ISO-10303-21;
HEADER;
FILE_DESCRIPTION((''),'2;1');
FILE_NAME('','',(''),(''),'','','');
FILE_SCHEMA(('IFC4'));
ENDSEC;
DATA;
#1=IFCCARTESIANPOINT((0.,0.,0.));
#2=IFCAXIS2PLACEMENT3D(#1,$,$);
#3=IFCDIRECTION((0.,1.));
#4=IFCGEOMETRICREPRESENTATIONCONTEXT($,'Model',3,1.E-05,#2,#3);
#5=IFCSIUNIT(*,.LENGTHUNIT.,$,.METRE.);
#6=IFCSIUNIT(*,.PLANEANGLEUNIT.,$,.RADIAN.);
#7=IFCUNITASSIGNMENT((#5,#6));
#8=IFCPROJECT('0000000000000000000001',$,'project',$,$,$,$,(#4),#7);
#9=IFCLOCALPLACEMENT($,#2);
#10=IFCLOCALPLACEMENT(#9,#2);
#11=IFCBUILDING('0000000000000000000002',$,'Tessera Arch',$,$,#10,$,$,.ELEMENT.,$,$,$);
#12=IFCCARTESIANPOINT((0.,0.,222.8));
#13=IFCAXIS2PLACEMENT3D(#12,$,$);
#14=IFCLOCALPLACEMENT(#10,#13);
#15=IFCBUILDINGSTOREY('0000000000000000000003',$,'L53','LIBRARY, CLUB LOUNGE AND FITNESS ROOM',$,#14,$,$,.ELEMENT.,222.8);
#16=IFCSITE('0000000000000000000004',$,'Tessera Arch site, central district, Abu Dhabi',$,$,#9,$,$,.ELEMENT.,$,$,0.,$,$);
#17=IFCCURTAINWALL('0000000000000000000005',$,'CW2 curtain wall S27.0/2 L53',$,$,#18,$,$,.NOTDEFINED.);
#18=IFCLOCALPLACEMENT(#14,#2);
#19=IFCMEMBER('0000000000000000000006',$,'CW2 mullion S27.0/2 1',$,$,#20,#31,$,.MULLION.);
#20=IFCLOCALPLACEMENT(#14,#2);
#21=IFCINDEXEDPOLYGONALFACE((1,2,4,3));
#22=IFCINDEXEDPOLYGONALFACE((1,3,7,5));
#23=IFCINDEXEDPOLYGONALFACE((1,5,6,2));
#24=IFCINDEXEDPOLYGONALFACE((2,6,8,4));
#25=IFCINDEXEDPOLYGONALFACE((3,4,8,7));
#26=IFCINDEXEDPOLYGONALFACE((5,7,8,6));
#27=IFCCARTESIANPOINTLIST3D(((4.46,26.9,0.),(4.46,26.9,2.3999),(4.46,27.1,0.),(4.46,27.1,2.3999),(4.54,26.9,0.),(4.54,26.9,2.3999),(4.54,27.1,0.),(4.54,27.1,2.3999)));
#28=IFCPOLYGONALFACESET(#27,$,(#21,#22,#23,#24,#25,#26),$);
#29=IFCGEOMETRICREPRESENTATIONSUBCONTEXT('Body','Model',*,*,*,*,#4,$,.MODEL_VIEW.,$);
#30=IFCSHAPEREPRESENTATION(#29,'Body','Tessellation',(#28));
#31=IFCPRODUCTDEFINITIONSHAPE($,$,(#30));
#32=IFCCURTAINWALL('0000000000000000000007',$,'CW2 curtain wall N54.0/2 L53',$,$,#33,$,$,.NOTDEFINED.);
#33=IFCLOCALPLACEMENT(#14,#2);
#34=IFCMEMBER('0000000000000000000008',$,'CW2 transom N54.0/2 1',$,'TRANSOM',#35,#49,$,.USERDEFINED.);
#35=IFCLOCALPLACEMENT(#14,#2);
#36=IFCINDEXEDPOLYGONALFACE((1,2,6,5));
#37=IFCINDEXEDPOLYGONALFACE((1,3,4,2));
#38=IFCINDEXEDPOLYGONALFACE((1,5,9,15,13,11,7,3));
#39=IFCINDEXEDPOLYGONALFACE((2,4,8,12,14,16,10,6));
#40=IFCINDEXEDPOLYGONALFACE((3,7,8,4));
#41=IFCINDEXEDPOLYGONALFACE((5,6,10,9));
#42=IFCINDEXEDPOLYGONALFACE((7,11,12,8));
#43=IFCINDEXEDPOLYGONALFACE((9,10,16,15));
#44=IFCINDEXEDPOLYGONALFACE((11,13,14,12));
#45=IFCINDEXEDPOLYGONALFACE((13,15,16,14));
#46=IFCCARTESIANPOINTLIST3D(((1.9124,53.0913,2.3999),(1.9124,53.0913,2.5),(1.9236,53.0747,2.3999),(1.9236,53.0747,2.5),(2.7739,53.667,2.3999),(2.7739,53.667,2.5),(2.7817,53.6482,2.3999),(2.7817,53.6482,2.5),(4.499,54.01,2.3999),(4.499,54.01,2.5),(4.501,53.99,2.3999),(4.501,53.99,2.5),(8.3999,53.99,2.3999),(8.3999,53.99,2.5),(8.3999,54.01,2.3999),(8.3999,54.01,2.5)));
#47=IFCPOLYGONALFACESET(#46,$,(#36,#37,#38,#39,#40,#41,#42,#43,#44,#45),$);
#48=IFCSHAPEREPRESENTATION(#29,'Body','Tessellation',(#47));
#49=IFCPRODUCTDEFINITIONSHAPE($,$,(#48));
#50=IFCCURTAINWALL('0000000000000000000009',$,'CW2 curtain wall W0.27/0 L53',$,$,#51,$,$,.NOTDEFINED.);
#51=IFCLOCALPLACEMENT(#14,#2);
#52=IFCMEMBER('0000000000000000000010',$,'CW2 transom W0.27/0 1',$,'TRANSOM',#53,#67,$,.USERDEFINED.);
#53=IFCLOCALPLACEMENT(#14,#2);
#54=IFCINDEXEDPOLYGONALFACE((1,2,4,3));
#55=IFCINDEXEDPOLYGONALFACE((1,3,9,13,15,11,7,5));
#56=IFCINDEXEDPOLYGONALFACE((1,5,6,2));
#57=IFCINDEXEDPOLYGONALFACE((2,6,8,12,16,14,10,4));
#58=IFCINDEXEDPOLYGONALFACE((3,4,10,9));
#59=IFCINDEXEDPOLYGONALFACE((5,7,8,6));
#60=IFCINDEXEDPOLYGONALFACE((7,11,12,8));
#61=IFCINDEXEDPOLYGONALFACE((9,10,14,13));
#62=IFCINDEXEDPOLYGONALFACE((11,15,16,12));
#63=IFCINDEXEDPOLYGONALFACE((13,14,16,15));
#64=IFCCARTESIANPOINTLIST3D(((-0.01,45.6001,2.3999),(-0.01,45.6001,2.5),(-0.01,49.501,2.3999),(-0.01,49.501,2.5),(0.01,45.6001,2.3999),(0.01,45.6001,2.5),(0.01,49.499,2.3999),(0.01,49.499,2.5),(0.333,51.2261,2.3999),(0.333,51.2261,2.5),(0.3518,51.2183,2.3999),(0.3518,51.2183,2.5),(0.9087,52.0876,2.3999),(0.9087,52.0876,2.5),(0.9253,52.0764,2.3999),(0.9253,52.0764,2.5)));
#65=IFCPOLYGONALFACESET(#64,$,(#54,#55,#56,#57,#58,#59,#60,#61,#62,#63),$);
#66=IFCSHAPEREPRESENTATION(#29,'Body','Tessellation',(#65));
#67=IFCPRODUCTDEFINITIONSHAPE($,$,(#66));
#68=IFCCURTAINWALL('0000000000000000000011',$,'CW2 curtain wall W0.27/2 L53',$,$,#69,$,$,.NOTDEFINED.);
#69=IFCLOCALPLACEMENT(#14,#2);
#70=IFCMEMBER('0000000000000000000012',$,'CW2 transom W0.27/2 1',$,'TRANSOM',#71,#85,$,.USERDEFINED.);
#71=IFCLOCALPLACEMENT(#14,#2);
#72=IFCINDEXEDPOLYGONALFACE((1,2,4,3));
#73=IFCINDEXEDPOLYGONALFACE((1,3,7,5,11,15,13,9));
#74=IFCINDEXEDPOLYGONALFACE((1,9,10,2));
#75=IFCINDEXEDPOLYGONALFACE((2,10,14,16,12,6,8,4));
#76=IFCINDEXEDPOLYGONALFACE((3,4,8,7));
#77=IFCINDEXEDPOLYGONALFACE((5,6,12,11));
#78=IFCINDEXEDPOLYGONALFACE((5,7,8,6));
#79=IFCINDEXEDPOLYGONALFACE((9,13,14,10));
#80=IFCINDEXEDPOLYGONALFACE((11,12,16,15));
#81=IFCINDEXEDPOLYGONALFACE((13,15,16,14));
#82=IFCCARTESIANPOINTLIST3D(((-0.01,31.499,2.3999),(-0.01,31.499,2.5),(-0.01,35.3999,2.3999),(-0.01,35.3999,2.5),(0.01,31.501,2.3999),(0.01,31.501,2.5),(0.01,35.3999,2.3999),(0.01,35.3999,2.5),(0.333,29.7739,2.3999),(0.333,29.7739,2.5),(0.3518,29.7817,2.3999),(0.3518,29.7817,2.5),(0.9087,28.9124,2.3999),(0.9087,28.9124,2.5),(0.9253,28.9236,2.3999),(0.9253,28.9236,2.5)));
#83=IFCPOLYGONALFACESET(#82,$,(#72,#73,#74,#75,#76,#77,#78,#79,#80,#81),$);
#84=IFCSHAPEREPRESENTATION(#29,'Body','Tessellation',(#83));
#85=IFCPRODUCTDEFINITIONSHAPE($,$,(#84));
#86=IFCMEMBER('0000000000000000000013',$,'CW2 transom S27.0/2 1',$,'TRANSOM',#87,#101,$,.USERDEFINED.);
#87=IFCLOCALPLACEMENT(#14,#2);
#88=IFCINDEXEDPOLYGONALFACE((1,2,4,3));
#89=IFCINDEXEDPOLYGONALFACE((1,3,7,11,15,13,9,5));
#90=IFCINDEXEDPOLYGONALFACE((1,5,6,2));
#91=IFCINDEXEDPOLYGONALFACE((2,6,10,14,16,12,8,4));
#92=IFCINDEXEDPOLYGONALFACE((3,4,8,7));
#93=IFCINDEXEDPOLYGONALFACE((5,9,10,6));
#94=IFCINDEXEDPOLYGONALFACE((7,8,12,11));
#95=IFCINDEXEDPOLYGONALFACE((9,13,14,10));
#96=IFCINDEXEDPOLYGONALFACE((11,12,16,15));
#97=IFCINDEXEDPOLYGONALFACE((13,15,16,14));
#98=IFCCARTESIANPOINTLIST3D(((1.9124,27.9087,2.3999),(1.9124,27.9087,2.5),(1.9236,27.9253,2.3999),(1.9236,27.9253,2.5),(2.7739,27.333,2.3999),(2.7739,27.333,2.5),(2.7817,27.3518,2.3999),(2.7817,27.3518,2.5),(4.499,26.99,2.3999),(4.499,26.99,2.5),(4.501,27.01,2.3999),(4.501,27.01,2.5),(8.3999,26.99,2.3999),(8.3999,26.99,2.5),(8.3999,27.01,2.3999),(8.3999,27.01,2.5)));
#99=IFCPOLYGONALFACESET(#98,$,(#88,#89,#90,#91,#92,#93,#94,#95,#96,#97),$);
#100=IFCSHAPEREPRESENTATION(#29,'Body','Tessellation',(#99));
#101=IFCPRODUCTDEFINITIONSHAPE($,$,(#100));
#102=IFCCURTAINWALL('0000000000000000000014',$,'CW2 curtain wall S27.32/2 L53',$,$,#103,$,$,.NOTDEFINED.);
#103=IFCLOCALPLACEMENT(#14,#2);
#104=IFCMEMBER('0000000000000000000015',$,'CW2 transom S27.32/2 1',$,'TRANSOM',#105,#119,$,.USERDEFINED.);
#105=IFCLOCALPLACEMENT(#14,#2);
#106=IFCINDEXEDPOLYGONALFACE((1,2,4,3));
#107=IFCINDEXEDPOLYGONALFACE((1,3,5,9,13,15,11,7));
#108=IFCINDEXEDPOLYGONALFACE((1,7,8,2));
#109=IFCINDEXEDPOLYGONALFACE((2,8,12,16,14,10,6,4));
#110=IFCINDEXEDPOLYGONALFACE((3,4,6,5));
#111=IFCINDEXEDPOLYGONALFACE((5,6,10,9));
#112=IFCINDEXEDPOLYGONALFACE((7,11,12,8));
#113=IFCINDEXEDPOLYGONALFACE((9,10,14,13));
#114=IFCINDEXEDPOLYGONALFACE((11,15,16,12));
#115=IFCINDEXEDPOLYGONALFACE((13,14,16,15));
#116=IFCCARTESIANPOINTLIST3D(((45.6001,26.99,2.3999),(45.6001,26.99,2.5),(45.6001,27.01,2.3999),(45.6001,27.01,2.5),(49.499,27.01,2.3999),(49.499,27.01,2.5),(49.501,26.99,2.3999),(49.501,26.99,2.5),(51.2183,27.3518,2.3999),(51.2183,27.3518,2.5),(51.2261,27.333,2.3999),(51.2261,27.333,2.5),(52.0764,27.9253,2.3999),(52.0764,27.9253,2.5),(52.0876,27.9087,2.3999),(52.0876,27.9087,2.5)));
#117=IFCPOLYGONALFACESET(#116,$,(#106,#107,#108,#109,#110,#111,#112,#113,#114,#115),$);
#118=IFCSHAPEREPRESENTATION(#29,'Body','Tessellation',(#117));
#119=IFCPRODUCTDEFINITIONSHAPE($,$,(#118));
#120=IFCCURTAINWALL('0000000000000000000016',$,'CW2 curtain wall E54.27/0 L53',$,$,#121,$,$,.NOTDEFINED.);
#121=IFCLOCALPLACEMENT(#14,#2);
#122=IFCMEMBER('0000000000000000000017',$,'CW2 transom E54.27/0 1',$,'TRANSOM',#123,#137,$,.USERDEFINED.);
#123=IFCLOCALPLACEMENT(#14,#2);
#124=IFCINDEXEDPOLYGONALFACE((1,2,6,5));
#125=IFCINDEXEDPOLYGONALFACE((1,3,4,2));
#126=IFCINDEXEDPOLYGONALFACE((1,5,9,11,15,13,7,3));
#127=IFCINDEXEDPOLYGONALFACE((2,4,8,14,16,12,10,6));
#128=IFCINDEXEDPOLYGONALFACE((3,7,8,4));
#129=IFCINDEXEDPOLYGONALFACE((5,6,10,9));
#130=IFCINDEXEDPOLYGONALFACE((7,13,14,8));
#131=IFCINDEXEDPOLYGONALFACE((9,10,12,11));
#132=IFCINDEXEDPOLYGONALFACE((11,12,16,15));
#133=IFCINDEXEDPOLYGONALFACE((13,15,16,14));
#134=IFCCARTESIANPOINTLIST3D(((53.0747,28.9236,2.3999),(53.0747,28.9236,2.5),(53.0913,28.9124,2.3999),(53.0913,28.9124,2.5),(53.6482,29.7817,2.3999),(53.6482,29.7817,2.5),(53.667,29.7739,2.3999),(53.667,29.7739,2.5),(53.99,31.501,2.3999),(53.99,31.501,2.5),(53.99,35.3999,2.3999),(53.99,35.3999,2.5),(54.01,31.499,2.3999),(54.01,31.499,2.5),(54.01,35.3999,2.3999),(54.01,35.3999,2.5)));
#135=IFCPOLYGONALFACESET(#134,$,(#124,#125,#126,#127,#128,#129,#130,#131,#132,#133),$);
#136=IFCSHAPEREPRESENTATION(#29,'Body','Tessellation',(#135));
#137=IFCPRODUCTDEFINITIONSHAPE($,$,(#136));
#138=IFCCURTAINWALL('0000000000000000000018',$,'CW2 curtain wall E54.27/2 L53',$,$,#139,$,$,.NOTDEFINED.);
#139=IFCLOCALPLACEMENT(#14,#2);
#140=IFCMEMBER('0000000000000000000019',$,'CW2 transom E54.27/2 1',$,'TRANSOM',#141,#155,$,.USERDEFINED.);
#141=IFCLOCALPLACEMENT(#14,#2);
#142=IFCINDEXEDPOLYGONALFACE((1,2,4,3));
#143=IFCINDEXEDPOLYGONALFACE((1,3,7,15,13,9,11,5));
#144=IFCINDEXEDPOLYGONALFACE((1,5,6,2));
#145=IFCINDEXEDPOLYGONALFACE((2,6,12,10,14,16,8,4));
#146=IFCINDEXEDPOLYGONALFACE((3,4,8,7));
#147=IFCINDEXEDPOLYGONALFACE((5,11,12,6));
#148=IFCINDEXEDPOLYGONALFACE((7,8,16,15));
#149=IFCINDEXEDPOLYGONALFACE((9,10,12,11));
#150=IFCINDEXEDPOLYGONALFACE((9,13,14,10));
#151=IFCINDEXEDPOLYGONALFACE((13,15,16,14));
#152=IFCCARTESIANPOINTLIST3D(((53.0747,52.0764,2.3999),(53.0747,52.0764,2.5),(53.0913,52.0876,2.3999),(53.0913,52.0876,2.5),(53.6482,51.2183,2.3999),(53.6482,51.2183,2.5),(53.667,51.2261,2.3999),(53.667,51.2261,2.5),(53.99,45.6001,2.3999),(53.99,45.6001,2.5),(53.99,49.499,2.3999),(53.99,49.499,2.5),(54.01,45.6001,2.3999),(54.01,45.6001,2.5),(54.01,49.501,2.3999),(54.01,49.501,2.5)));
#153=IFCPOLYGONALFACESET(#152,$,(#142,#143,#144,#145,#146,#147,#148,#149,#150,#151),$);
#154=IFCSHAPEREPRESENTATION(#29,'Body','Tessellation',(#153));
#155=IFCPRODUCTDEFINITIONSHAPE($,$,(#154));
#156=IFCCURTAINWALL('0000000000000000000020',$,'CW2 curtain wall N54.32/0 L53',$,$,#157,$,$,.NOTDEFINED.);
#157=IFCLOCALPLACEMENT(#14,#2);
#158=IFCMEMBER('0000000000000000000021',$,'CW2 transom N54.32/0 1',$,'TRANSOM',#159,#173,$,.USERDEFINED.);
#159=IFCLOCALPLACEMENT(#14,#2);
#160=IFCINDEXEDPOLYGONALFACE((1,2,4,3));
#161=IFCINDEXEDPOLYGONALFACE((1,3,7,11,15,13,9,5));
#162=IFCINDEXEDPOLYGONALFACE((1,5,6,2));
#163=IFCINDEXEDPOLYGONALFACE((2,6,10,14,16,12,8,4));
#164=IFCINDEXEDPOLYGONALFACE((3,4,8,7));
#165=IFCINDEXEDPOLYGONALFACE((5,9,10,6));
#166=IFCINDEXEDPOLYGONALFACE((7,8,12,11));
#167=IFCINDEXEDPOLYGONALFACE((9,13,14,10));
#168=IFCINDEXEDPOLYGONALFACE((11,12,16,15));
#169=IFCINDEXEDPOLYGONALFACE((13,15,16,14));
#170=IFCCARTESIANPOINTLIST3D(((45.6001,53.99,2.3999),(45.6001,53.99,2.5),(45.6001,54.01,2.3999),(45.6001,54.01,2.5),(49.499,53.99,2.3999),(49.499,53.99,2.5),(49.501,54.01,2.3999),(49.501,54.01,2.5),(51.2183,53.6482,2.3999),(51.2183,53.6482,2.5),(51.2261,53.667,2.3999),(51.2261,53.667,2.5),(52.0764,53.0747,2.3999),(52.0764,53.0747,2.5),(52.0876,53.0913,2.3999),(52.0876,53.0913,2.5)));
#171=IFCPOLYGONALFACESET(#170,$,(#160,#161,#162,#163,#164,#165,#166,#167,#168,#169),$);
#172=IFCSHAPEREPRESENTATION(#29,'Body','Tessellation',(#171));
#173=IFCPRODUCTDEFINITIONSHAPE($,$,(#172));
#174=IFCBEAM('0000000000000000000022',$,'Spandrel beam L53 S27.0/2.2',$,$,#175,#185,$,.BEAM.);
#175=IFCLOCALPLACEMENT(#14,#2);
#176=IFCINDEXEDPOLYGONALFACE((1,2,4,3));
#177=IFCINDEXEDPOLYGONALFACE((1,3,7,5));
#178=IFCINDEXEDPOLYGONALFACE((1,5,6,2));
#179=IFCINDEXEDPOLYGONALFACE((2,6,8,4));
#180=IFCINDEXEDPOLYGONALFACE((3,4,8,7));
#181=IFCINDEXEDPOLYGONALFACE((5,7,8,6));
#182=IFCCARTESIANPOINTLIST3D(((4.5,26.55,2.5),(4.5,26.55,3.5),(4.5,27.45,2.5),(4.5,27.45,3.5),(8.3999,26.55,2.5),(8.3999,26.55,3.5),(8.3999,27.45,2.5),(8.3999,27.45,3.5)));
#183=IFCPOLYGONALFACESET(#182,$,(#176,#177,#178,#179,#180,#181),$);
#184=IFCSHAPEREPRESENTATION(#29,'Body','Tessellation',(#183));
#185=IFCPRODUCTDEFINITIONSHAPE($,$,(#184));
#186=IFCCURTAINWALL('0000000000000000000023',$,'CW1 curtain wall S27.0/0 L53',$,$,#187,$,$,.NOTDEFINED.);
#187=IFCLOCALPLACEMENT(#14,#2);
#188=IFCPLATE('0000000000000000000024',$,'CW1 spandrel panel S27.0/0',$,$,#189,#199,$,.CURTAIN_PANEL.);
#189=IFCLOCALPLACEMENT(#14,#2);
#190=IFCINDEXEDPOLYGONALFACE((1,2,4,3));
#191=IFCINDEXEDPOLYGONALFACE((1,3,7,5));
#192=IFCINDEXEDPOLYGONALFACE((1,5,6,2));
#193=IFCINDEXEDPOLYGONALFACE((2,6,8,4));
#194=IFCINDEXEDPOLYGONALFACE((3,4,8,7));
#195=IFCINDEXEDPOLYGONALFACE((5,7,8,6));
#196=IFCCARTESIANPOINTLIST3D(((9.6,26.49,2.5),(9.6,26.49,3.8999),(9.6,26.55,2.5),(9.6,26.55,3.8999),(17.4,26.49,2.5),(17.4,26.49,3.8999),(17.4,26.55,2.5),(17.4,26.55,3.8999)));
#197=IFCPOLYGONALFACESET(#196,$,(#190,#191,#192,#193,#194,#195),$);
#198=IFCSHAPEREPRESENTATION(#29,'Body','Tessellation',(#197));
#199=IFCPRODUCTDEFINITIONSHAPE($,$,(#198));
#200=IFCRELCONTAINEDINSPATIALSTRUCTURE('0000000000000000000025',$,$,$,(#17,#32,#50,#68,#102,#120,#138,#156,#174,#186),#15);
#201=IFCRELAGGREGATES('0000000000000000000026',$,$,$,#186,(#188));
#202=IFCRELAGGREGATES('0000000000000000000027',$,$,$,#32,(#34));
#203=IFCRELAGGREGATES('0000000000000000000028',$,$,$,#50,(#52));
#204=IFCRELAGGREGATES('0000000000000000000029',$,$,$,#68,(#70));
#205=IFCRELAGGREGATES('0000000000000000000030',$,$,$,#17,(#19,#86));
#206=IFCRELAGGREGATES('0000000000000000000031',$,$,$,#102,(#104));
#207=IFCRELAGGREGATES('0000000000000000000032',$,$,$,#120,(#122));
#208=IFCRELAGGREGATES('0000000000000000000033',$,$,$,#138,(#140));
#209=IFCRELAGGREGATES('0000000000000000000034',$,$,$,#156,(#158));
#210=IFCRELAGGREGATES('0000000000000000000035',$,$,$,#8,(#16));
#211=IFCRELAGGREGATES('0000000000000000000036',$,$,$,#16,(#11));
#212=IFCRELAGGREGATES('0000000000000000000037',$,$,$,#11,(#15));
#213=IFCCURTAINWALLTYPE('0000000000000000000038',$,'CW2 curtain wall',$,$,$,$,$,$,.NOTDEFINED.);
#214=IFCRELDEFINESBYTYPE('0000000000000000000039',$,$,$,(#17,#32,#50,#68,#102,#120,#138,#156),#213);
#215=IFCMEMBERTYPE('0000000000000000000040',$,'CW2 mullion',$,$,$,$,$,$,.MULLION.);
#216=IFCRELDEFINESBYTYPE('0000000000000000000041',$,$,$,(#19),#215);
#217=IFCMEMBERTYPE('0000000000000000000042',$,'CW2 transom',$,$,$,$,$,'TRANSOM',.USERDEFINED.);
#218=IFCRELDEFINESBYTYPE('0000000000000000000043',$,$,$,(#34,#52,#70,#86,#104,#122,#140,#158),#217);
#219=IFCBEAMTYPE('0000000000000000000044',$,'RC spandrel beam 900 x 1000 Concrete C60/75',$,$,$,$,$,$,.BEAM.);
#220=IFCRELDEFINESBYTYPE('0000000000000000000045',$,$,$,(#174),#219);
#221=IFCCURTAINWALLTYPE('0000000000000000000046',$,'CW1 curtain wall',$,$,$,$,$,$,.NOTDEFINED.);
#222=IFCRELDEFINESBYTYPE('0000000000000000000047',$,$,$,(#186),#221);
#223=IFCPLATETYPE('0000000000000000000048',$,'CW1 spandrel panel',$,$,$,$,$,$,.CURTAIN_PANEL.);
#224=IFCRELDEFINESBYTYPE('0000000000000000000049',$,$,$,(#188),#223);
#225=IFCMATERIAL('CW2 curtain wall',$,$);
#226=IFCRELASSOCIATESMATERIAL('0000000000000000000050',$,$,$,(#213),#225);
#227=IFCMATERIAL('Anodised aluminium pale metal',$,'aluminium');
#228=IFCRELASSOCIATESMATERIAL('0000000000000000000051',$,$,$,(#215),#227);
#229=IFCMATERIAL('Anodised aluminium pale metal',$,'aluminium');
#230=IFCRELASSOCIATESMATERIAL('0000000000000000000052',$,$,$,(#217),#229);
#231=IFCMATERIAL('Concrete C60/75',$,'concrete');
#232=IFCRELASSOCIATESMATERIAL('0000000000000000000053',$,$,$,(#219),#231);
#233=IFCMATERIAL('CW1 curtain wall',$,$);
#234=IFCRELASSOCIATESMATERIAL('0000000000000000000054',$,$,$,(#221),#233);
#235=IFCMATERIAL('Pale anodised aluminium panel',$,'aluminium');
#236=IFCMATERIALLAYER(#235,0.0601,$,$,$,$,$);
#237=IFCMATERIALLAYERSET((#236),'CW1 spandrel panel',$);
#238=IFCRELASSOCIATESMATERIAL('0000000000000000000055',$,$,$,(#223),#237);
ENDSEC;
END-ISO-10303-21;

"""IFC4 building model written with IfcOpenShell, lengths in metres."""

from ifc_helpers import new_model, si_unit, direction, frame, origin, origin_2d, place, context, subcontext, project, spatial, polyline, rectangle, outline, extrude, material, layer, layer_set, material_profile, profile_set, type_object, element, aggregate, save


model = new_model("IFC4")

# Units and contexts
model_context = context("Model", 3, precision=1e-05, world=origin(), true_north=direction((0.0, 1.0)))
body_context = subcontext(model_context, "Body", "Model", "MODEL_VIEW")
ifc_project = project(units=[si_unit("LENGTHUNIT", "METRE"), si_unit("PLANEANGLEUNIT", "RADIAN")], contexts=[model_context])

# Site, building, storey
site_placement = place(None, origin())
site = spatial("IfcSite", under=ifc_project, at=site_placement, Name="Tessera Arch site, central district, Abu Dhabi", CompositionType="ELEMENT", RefElevation=0.0)
building_placement = place(site_placement, origin())
building = spatial("IfcBuilding", under=site, at=building_placement, Name="Tessera Arch", CompositionType="ELEMENT")
storey_placement = place(building_placement, frame((0.0, 0.0, 222.8)))
storey = spatial("IfcBuildingStorey", under=building, at=storey_placement, Name="L53", Description="LIBRARY, CLUB LOUNGE AND FITNESS ROOM", CompositionType="ELEMENT", Elevation=222.8)

# Curtain walls, members
ifc_material_1 = material(Name="CW2 curtain wall")
curtain_wall_type_1 = type_object("IfcCurtainWallType", Name="CW2 curtain wall", PredefinedType="NOTDEFINED", material=ifc_material_1)
curtain_wall_1_placement = place(storey_placement, origin())
curtain_wall_1 = element("IfcCurtainWall", 1, at=curtain_wall_1_placement, inside=storey, type_object=curtain_wall_type_1, Name="CW2 curtain wall S27.0/2 L53", PredefinedType="NOTDEFINED")
ifc_material_2 = material(Name="Anodised aluminium pale metal", Category="aluminium")
ifc_material_profile_1 = material_profile(ifc_material_2, rectangle(XDim=0.2, YDim=0.0801, at=origin_2d()), Name="AL 80x200")
ifc_profile_set_1 = profile_set([ifc_material_profile_1], Name="Anodised aluminium pale metal")
member_type_1 = type_object("IfcMemberType", Name="CW2 mullion", PredefinedType="MULLION", material=ifc_profile_set_1)
member_1_placement = place(storey_placement, frame((4.5, 27.0, 0.0), z_axis=(0.0, 0.0, 1.0), x_axis=(0.0, 1.0, 0.0)))
member_1 = element("IfcMember", 2, at=member_1_placement, type_object=member_type_1, Name="CW2 mullion S27.0/2 1", PredefinedType="MULLION", context=body_context, shape_type="SweptSolid", body=[
    extrude(rectangle(XDim=0.2, YDim=0.0801, at=origin_2d()), origin(), (0.0, 0.0, 1.0), 2.3999),
])
curtain_wall_2_placement = place(storey_placement, origin())
curtain_wall_2 = element("IfcCurtainWall", 3, at=curtain_wall_2_placement, inside=storey, type_object=curtain_wall_type_1, Name="CW2 curtain wall N54.0/2 L53", PredefinedType="NOTDEFINED")
ifc_material_3 = material(Name="Anodised aluminium pale metal", Category="aluminium")
ifc_material_profile_2 = material_profile(ifc_material_3, rectangle(XDim=0.2, YDim=0.1001, at=origin_2d()), Name="AL 200x100")
ifc_profile_set_2 = profile_set([ifc_material_profile_2], Name="Anodised aluminium pale metal")
member_type_2 = type_object("IfcMemberType", Name="CW2 transom", ElementType="TRANSOM", PredefinedType="USERDEFINED", material=ifc_profile_set_2)
member_2_placement = place(storey_placement, frame((0.0, 0.0, 2.3999)))
member_2 = element("IfcMember", 4, at=member_2_placement, type_object=member_type_2, Name="CW2 transom N54.0/2 1", ObjectType="TRANSOM", PredefinedType="USERDEFINED", context=body_context, shape_type="SweptSolid", body=[
    extrude(outline(polyline([(4.501, 53.99), (8.3999, 53.99), (8.3999, 54.01), (4.499, 54.01), (2.7739, 53.667), (1.9124, 53.0913), (1.9236, 53.0747), (2.7817, 53.6482), (4.501, 53.99)])), origin(), (0.0, 0.0, 1.0), 0.1001),
])
curtain_wall_3_placement = place(storey_placement, origin())
curtain_wall_3 = element("IfcCurtainWall", 5, at=curtain_wall_3_placement, inside=storey, type_object=curtain_wall_type_1, Name="CW2 curtain wall W0.27/0 L53", PredefinedType="NOTDEFINED")
member_3_placement = place(storey_placement, frame((0.0, 0.0, 2.3999)))
member_3 = element("IfcMember", 6, at=member_3_placement, type_object=member_type_2, Name="CW2 transom W0.27/0 1", ObjectType="TRANSOM", PredefinedType="USERDEFINED", context=body_context, shape_type="SweptSolid", body=[
    extrude(outline(polyline([(0.3518, 51.2183), (0.9253, 52.0764), (0.9087, 52.0876), (0.333, 51.2261), (-0.01, 49.501), (-0.01, 45.6001), (0.01, 45.6001), (0.01, 49.499), (0.3518, 51.2183)])), origin(), (0.0, 0.0, 1.0), 0.1001),
])
curtain_wall_4_placement = place(storey_placement, origin())
curtain_wall_4 = element("IfcCurtainWall", 7, at=curtain_wall_4_placement, inside=storey, type_object=curtain_wall_type_1, Name="CW2 curtain wall W0.27/2 L53", PredefinedType="NOTDEFINED")
member_4_placement = place(storey_placement, frame((0.0, 0.0, 2.3999)))
member_4 = element("IfcMember", 8, at=member_4_placement, type_object=member_type_2, Name="CW2 transom W0.27/2 1", ObjectType="TRANSOM", PredefinedType="USERDEFINED", context=body_context, shape_type="SweptSolid", body=[
    extrude(outline(polyline([(0.01, 31.501), (0.01, 35.3999), (-0.01, 35.3999), (-0.01, 31.499), (0.333, 29.7739), (0.9087, 28.9124), (0.9253, 28.9236), (0.3518, 29.7817), (0.01, 31.501)])), origin(), (0.0, 0.0, 1.0), 0.1001),
])

# Member
member_5_placement = place(storey_placement, frame((0.0, 0.0, 2.3999)))
member_5 = element("IfcMember", 9, at=member_5_placement, type_object=member_type_2, Name="CW2 transom S27.0/2 1", ObjectType="TRANSOM", PredefinedType="USERDEFINED", context=body_context, shape_type="SweptSolid", body=[
    extrude(outline(polyline([(2.7817, 27.3518), (1.9236, 27.9253), (1.9124, 27.9087), (2.7739, 27.333), (4.499, 26.99), (8.3999, 26.99), (8.3999, 27.01), (4.501, 27.01), (2.7817, 27.3518)])), origin(), (0.0, 0.0, 1.0), 0.1001),
])

# Curtain walls, members
curtain_wall_5_placement = place(storey_placement, origin())
curtain_wall_5 = element("IfcCurtainWall", 10, at=curtain_wall_5_placement, inside=storey, type_object=curtain_wall_type_1, Name="CW2 curtain wall S27.32/2 L53", PredefinedType="NOTDEFINED")
member_6_placement = place(storey_placement, frame((0.0, 0.0, 2.3999)))
member_6 = element("IfcMember", 11, at=member_6_placement, type_object=member_type_2, Name="CW2 transom S27.32/2 1", ObjectType="TRANSOM", PredefinedType="USERDEFINED", context=body_context, shape_type="SweptSolid", body=[
    extrude(outline(polyline([(49.499, 27.01), (45.6001, 27.01), (45.6001, 26.99), (49.501, 26.99), (51.2261, 27.333), (52.0876, 27.9087), (52.0764, 27.9253), (51.2183, 27.3518), (49.499, 27.01)])), origin(), (0.0, 0.0, 1.0), 0.1001),
])
curtain_wall_6_placement = place(storey_placement, origin())
curtain_wall_6 = element("IfcCurtainWall", 12, at=curtain_wall_6_placement, inside=storey, type_object=curtain_wall_type_1, Name="CW2 curtain wall E54.27/0 L53", PredefinedType="NOTDEFINED")
member_7_placement = place(storey_placement, frame((0.0, 0.0, 2.3999)))
member_7 = element("IfcMember", 13, at=member_7_placement, type_object=member_type_2, Name="CW2 transom E54.27/0 1", ObjectType="TRANSOM", PredefinedType="USERDEFINED", context=body_context, shape_type="SweptSolid", body=[
    extrude(outline(polyline([(53.6482, 29.7817), (53.0747, 28.9236), (53.0913, 28.9124), (53.667, 29.7739), (54.01, 31.499), (54.01, 35.3999), (53.99, 35.3999), (53.99, 31.501), (53.6482, 29.7817)])), origin(), (0.0, 0.0, 1.0), 0.1001),
])
curtain_wall_7_placement = place(storey_placement, origin())
curtain_wall_7 = element("IfcCurtainWall", 14, at=curtain_wall_7_placement, inside=storey, type_object=curtain_wall_type_1, Name="CW2 curtain wall E54.27/2 L53", PredefinedType="NOTDEFINED")
member_8_placement = place(storey_placement, frame((0.0, 0.0, 2.3999)))
member_8 = element("IfcMember", 15, at=member_8_placement, type_object=member_type_2, Name="CW2 transom E54.27/2 1", ObjectType="TRANSOM", PredefinedType="USERDEFINED", context=body_context, shape_type="SweptSolid", body=[
    extrude(outline(polyline([(53.99, 49.499), (53.99, 45.6001), (54.01, 45.6001), (54.01, 49.501), (53.667, 51.2261), (53.0913, 52.0876), (53.0747, 52.0764), (53.6482, 51.2183), (53.99, 49.499)])), origin(), (0.0, 0.0, 1.0), 0.1001),
])
curtain_wall_8_placement = place(storey_placement, origin())
curtain_wall_8 = element("IfcCurtainWall", 16, at=curtain_wall_8_placement, inside=storey, type_object=curtain_wall_type_1, Name="CW2 curtain wall N54.32/0 L53", PredefinedType="NOTDEFINED")
member_9_placement = place(storey_placement, frame((0.0, 0.0, 2.3999)))
member_9 = element("IfcMember", 17, at=member_9_placement, type_object=member_type_2, Name="CW2 transom N54.32/0 1", ObjectType="TRANSOM", PredefinedType="USERDEFINED", context=body_context, shape_type="SweptSolid", body=[
    extrude(outline(polyline([(51.2183, 53.6482), (52.0764, 53.0747), (52.0876, 53.0913), (51.2261, 53.667), (49.501, 54.01), (45.6001, 54.01), (45.6001, 53.99), (49.499, 53.99), (51.2183, 53.6482)])), origin(), (0.0, 0.0, 1.0), 0.1001),
])

# Beam
ifc_material_4 = material(Name="Concrete C60/75", Category="concrete")
ifc_material_profile_3 = material_profile(ifc_material_4, rectangle(XDim=0.8999, YDim=1.0, at=origin_2d()), Name="RC spandrel beam 900 x 1000 Concrete C60/75")
ifc_profile_set_3 = profile_set([ifc_material_profile_3], Name="Concrete C60/75")
beam_type = type_object("IfcBeamType", Name="RC spandrel beam 900 x 1000 Concrete C60/75", PredefinedType="BEAM", material=ifc_profile_set_3)
beam_placement = place(storey_placement, frame((4.5, 27.0, 3.0), z_axis=(1.0, 0.0, 0.0), x_axis=(0.0, 1.0, 0.0)))
element("IfcBeam", 18, at=beam_placement, inside=storey, type_object=beam_type, Name="Spandrel beam L53 S27.0/2.2", PredefinedType="BEAM", context=body_context, shape_type="SweptSolid", body=[
    extrude(rectangle(XDim=0.8999, YDim=1.0, at=origin_2d()), origin(), (0.0, 0.0, 1.0), 3.8999),
])

# Curtain wall, plate
ifc_material_5 = material(Name="CW1 curtain wall")
curtain_wall_type_2 = type_object("IfcCurtainWallType", Name="CW1 curtain wall", PredefinedType="NOTDEFINED", material=ifc_material_5)
curtain_wall_9_placement = place(storey_placement, origin())
curtain_wall_9 = element("IfcCurtainWall", 19, at=curtain_wall_9_placement, inside=storey, type_object=curtain_wall_type_2, Name="CW1 curtain wall S27.0/0 L53", PredefinedType="NOTDEFINED")
ifc_material_6 = material(Name="Pale anodised aluminium panel", Category="aluminium")
ifc_layer_1 = layer(ifc_material_6, 0.0601)
ifc_layer_set_1 = layer_set([ifc_layer_1], Name="CW1 spandrel panel")
plate_type_1 = type_object("IfcPlateType", Name="CW1 spandrel panel", PredefinedType="CURTAIN_PANEL", material=ifc_layer_set_1)
plate_1_placement = place(storey_placement, frame((13.5, 26.52, 2.5), z_axis=(0.0, 0.0, 1.0), x_axis=(1.0, 0.0, 0.0)))
plate_1 = element("IfcPlate", 20, at=plate_1_placement, type_object=plate_type_1, Name="CW1 spandrel panel S27.0/0", PredefinedType="CURTAIN_PANEL", context=body_context, shape_type="SweptSolid", body=[
    extrude(rectangle(XDim=7.8, YDim=0.0601, at=origin_2d()), origin(), (0.0, 0.0, 1.0), 1.3999),
])
aggregate(curtain_wall_9, [plate_1])

aggregate(curtain_wall_2, [member_2])
aggregate(curtain_wall_3, [member_3])
aggregate(curtain_wall_4, [member_4])
aggregate(curtain_wall_1, [member_1, member_5])
aggregate(curtain_wall_5, [member_6])
aggregate(curtain_wall_6, [member_7])
aggregate(curtain_wall_7, [member_8])
aggregate(curtain_wall_8, [member_9])

save(model, "model.ifc")
